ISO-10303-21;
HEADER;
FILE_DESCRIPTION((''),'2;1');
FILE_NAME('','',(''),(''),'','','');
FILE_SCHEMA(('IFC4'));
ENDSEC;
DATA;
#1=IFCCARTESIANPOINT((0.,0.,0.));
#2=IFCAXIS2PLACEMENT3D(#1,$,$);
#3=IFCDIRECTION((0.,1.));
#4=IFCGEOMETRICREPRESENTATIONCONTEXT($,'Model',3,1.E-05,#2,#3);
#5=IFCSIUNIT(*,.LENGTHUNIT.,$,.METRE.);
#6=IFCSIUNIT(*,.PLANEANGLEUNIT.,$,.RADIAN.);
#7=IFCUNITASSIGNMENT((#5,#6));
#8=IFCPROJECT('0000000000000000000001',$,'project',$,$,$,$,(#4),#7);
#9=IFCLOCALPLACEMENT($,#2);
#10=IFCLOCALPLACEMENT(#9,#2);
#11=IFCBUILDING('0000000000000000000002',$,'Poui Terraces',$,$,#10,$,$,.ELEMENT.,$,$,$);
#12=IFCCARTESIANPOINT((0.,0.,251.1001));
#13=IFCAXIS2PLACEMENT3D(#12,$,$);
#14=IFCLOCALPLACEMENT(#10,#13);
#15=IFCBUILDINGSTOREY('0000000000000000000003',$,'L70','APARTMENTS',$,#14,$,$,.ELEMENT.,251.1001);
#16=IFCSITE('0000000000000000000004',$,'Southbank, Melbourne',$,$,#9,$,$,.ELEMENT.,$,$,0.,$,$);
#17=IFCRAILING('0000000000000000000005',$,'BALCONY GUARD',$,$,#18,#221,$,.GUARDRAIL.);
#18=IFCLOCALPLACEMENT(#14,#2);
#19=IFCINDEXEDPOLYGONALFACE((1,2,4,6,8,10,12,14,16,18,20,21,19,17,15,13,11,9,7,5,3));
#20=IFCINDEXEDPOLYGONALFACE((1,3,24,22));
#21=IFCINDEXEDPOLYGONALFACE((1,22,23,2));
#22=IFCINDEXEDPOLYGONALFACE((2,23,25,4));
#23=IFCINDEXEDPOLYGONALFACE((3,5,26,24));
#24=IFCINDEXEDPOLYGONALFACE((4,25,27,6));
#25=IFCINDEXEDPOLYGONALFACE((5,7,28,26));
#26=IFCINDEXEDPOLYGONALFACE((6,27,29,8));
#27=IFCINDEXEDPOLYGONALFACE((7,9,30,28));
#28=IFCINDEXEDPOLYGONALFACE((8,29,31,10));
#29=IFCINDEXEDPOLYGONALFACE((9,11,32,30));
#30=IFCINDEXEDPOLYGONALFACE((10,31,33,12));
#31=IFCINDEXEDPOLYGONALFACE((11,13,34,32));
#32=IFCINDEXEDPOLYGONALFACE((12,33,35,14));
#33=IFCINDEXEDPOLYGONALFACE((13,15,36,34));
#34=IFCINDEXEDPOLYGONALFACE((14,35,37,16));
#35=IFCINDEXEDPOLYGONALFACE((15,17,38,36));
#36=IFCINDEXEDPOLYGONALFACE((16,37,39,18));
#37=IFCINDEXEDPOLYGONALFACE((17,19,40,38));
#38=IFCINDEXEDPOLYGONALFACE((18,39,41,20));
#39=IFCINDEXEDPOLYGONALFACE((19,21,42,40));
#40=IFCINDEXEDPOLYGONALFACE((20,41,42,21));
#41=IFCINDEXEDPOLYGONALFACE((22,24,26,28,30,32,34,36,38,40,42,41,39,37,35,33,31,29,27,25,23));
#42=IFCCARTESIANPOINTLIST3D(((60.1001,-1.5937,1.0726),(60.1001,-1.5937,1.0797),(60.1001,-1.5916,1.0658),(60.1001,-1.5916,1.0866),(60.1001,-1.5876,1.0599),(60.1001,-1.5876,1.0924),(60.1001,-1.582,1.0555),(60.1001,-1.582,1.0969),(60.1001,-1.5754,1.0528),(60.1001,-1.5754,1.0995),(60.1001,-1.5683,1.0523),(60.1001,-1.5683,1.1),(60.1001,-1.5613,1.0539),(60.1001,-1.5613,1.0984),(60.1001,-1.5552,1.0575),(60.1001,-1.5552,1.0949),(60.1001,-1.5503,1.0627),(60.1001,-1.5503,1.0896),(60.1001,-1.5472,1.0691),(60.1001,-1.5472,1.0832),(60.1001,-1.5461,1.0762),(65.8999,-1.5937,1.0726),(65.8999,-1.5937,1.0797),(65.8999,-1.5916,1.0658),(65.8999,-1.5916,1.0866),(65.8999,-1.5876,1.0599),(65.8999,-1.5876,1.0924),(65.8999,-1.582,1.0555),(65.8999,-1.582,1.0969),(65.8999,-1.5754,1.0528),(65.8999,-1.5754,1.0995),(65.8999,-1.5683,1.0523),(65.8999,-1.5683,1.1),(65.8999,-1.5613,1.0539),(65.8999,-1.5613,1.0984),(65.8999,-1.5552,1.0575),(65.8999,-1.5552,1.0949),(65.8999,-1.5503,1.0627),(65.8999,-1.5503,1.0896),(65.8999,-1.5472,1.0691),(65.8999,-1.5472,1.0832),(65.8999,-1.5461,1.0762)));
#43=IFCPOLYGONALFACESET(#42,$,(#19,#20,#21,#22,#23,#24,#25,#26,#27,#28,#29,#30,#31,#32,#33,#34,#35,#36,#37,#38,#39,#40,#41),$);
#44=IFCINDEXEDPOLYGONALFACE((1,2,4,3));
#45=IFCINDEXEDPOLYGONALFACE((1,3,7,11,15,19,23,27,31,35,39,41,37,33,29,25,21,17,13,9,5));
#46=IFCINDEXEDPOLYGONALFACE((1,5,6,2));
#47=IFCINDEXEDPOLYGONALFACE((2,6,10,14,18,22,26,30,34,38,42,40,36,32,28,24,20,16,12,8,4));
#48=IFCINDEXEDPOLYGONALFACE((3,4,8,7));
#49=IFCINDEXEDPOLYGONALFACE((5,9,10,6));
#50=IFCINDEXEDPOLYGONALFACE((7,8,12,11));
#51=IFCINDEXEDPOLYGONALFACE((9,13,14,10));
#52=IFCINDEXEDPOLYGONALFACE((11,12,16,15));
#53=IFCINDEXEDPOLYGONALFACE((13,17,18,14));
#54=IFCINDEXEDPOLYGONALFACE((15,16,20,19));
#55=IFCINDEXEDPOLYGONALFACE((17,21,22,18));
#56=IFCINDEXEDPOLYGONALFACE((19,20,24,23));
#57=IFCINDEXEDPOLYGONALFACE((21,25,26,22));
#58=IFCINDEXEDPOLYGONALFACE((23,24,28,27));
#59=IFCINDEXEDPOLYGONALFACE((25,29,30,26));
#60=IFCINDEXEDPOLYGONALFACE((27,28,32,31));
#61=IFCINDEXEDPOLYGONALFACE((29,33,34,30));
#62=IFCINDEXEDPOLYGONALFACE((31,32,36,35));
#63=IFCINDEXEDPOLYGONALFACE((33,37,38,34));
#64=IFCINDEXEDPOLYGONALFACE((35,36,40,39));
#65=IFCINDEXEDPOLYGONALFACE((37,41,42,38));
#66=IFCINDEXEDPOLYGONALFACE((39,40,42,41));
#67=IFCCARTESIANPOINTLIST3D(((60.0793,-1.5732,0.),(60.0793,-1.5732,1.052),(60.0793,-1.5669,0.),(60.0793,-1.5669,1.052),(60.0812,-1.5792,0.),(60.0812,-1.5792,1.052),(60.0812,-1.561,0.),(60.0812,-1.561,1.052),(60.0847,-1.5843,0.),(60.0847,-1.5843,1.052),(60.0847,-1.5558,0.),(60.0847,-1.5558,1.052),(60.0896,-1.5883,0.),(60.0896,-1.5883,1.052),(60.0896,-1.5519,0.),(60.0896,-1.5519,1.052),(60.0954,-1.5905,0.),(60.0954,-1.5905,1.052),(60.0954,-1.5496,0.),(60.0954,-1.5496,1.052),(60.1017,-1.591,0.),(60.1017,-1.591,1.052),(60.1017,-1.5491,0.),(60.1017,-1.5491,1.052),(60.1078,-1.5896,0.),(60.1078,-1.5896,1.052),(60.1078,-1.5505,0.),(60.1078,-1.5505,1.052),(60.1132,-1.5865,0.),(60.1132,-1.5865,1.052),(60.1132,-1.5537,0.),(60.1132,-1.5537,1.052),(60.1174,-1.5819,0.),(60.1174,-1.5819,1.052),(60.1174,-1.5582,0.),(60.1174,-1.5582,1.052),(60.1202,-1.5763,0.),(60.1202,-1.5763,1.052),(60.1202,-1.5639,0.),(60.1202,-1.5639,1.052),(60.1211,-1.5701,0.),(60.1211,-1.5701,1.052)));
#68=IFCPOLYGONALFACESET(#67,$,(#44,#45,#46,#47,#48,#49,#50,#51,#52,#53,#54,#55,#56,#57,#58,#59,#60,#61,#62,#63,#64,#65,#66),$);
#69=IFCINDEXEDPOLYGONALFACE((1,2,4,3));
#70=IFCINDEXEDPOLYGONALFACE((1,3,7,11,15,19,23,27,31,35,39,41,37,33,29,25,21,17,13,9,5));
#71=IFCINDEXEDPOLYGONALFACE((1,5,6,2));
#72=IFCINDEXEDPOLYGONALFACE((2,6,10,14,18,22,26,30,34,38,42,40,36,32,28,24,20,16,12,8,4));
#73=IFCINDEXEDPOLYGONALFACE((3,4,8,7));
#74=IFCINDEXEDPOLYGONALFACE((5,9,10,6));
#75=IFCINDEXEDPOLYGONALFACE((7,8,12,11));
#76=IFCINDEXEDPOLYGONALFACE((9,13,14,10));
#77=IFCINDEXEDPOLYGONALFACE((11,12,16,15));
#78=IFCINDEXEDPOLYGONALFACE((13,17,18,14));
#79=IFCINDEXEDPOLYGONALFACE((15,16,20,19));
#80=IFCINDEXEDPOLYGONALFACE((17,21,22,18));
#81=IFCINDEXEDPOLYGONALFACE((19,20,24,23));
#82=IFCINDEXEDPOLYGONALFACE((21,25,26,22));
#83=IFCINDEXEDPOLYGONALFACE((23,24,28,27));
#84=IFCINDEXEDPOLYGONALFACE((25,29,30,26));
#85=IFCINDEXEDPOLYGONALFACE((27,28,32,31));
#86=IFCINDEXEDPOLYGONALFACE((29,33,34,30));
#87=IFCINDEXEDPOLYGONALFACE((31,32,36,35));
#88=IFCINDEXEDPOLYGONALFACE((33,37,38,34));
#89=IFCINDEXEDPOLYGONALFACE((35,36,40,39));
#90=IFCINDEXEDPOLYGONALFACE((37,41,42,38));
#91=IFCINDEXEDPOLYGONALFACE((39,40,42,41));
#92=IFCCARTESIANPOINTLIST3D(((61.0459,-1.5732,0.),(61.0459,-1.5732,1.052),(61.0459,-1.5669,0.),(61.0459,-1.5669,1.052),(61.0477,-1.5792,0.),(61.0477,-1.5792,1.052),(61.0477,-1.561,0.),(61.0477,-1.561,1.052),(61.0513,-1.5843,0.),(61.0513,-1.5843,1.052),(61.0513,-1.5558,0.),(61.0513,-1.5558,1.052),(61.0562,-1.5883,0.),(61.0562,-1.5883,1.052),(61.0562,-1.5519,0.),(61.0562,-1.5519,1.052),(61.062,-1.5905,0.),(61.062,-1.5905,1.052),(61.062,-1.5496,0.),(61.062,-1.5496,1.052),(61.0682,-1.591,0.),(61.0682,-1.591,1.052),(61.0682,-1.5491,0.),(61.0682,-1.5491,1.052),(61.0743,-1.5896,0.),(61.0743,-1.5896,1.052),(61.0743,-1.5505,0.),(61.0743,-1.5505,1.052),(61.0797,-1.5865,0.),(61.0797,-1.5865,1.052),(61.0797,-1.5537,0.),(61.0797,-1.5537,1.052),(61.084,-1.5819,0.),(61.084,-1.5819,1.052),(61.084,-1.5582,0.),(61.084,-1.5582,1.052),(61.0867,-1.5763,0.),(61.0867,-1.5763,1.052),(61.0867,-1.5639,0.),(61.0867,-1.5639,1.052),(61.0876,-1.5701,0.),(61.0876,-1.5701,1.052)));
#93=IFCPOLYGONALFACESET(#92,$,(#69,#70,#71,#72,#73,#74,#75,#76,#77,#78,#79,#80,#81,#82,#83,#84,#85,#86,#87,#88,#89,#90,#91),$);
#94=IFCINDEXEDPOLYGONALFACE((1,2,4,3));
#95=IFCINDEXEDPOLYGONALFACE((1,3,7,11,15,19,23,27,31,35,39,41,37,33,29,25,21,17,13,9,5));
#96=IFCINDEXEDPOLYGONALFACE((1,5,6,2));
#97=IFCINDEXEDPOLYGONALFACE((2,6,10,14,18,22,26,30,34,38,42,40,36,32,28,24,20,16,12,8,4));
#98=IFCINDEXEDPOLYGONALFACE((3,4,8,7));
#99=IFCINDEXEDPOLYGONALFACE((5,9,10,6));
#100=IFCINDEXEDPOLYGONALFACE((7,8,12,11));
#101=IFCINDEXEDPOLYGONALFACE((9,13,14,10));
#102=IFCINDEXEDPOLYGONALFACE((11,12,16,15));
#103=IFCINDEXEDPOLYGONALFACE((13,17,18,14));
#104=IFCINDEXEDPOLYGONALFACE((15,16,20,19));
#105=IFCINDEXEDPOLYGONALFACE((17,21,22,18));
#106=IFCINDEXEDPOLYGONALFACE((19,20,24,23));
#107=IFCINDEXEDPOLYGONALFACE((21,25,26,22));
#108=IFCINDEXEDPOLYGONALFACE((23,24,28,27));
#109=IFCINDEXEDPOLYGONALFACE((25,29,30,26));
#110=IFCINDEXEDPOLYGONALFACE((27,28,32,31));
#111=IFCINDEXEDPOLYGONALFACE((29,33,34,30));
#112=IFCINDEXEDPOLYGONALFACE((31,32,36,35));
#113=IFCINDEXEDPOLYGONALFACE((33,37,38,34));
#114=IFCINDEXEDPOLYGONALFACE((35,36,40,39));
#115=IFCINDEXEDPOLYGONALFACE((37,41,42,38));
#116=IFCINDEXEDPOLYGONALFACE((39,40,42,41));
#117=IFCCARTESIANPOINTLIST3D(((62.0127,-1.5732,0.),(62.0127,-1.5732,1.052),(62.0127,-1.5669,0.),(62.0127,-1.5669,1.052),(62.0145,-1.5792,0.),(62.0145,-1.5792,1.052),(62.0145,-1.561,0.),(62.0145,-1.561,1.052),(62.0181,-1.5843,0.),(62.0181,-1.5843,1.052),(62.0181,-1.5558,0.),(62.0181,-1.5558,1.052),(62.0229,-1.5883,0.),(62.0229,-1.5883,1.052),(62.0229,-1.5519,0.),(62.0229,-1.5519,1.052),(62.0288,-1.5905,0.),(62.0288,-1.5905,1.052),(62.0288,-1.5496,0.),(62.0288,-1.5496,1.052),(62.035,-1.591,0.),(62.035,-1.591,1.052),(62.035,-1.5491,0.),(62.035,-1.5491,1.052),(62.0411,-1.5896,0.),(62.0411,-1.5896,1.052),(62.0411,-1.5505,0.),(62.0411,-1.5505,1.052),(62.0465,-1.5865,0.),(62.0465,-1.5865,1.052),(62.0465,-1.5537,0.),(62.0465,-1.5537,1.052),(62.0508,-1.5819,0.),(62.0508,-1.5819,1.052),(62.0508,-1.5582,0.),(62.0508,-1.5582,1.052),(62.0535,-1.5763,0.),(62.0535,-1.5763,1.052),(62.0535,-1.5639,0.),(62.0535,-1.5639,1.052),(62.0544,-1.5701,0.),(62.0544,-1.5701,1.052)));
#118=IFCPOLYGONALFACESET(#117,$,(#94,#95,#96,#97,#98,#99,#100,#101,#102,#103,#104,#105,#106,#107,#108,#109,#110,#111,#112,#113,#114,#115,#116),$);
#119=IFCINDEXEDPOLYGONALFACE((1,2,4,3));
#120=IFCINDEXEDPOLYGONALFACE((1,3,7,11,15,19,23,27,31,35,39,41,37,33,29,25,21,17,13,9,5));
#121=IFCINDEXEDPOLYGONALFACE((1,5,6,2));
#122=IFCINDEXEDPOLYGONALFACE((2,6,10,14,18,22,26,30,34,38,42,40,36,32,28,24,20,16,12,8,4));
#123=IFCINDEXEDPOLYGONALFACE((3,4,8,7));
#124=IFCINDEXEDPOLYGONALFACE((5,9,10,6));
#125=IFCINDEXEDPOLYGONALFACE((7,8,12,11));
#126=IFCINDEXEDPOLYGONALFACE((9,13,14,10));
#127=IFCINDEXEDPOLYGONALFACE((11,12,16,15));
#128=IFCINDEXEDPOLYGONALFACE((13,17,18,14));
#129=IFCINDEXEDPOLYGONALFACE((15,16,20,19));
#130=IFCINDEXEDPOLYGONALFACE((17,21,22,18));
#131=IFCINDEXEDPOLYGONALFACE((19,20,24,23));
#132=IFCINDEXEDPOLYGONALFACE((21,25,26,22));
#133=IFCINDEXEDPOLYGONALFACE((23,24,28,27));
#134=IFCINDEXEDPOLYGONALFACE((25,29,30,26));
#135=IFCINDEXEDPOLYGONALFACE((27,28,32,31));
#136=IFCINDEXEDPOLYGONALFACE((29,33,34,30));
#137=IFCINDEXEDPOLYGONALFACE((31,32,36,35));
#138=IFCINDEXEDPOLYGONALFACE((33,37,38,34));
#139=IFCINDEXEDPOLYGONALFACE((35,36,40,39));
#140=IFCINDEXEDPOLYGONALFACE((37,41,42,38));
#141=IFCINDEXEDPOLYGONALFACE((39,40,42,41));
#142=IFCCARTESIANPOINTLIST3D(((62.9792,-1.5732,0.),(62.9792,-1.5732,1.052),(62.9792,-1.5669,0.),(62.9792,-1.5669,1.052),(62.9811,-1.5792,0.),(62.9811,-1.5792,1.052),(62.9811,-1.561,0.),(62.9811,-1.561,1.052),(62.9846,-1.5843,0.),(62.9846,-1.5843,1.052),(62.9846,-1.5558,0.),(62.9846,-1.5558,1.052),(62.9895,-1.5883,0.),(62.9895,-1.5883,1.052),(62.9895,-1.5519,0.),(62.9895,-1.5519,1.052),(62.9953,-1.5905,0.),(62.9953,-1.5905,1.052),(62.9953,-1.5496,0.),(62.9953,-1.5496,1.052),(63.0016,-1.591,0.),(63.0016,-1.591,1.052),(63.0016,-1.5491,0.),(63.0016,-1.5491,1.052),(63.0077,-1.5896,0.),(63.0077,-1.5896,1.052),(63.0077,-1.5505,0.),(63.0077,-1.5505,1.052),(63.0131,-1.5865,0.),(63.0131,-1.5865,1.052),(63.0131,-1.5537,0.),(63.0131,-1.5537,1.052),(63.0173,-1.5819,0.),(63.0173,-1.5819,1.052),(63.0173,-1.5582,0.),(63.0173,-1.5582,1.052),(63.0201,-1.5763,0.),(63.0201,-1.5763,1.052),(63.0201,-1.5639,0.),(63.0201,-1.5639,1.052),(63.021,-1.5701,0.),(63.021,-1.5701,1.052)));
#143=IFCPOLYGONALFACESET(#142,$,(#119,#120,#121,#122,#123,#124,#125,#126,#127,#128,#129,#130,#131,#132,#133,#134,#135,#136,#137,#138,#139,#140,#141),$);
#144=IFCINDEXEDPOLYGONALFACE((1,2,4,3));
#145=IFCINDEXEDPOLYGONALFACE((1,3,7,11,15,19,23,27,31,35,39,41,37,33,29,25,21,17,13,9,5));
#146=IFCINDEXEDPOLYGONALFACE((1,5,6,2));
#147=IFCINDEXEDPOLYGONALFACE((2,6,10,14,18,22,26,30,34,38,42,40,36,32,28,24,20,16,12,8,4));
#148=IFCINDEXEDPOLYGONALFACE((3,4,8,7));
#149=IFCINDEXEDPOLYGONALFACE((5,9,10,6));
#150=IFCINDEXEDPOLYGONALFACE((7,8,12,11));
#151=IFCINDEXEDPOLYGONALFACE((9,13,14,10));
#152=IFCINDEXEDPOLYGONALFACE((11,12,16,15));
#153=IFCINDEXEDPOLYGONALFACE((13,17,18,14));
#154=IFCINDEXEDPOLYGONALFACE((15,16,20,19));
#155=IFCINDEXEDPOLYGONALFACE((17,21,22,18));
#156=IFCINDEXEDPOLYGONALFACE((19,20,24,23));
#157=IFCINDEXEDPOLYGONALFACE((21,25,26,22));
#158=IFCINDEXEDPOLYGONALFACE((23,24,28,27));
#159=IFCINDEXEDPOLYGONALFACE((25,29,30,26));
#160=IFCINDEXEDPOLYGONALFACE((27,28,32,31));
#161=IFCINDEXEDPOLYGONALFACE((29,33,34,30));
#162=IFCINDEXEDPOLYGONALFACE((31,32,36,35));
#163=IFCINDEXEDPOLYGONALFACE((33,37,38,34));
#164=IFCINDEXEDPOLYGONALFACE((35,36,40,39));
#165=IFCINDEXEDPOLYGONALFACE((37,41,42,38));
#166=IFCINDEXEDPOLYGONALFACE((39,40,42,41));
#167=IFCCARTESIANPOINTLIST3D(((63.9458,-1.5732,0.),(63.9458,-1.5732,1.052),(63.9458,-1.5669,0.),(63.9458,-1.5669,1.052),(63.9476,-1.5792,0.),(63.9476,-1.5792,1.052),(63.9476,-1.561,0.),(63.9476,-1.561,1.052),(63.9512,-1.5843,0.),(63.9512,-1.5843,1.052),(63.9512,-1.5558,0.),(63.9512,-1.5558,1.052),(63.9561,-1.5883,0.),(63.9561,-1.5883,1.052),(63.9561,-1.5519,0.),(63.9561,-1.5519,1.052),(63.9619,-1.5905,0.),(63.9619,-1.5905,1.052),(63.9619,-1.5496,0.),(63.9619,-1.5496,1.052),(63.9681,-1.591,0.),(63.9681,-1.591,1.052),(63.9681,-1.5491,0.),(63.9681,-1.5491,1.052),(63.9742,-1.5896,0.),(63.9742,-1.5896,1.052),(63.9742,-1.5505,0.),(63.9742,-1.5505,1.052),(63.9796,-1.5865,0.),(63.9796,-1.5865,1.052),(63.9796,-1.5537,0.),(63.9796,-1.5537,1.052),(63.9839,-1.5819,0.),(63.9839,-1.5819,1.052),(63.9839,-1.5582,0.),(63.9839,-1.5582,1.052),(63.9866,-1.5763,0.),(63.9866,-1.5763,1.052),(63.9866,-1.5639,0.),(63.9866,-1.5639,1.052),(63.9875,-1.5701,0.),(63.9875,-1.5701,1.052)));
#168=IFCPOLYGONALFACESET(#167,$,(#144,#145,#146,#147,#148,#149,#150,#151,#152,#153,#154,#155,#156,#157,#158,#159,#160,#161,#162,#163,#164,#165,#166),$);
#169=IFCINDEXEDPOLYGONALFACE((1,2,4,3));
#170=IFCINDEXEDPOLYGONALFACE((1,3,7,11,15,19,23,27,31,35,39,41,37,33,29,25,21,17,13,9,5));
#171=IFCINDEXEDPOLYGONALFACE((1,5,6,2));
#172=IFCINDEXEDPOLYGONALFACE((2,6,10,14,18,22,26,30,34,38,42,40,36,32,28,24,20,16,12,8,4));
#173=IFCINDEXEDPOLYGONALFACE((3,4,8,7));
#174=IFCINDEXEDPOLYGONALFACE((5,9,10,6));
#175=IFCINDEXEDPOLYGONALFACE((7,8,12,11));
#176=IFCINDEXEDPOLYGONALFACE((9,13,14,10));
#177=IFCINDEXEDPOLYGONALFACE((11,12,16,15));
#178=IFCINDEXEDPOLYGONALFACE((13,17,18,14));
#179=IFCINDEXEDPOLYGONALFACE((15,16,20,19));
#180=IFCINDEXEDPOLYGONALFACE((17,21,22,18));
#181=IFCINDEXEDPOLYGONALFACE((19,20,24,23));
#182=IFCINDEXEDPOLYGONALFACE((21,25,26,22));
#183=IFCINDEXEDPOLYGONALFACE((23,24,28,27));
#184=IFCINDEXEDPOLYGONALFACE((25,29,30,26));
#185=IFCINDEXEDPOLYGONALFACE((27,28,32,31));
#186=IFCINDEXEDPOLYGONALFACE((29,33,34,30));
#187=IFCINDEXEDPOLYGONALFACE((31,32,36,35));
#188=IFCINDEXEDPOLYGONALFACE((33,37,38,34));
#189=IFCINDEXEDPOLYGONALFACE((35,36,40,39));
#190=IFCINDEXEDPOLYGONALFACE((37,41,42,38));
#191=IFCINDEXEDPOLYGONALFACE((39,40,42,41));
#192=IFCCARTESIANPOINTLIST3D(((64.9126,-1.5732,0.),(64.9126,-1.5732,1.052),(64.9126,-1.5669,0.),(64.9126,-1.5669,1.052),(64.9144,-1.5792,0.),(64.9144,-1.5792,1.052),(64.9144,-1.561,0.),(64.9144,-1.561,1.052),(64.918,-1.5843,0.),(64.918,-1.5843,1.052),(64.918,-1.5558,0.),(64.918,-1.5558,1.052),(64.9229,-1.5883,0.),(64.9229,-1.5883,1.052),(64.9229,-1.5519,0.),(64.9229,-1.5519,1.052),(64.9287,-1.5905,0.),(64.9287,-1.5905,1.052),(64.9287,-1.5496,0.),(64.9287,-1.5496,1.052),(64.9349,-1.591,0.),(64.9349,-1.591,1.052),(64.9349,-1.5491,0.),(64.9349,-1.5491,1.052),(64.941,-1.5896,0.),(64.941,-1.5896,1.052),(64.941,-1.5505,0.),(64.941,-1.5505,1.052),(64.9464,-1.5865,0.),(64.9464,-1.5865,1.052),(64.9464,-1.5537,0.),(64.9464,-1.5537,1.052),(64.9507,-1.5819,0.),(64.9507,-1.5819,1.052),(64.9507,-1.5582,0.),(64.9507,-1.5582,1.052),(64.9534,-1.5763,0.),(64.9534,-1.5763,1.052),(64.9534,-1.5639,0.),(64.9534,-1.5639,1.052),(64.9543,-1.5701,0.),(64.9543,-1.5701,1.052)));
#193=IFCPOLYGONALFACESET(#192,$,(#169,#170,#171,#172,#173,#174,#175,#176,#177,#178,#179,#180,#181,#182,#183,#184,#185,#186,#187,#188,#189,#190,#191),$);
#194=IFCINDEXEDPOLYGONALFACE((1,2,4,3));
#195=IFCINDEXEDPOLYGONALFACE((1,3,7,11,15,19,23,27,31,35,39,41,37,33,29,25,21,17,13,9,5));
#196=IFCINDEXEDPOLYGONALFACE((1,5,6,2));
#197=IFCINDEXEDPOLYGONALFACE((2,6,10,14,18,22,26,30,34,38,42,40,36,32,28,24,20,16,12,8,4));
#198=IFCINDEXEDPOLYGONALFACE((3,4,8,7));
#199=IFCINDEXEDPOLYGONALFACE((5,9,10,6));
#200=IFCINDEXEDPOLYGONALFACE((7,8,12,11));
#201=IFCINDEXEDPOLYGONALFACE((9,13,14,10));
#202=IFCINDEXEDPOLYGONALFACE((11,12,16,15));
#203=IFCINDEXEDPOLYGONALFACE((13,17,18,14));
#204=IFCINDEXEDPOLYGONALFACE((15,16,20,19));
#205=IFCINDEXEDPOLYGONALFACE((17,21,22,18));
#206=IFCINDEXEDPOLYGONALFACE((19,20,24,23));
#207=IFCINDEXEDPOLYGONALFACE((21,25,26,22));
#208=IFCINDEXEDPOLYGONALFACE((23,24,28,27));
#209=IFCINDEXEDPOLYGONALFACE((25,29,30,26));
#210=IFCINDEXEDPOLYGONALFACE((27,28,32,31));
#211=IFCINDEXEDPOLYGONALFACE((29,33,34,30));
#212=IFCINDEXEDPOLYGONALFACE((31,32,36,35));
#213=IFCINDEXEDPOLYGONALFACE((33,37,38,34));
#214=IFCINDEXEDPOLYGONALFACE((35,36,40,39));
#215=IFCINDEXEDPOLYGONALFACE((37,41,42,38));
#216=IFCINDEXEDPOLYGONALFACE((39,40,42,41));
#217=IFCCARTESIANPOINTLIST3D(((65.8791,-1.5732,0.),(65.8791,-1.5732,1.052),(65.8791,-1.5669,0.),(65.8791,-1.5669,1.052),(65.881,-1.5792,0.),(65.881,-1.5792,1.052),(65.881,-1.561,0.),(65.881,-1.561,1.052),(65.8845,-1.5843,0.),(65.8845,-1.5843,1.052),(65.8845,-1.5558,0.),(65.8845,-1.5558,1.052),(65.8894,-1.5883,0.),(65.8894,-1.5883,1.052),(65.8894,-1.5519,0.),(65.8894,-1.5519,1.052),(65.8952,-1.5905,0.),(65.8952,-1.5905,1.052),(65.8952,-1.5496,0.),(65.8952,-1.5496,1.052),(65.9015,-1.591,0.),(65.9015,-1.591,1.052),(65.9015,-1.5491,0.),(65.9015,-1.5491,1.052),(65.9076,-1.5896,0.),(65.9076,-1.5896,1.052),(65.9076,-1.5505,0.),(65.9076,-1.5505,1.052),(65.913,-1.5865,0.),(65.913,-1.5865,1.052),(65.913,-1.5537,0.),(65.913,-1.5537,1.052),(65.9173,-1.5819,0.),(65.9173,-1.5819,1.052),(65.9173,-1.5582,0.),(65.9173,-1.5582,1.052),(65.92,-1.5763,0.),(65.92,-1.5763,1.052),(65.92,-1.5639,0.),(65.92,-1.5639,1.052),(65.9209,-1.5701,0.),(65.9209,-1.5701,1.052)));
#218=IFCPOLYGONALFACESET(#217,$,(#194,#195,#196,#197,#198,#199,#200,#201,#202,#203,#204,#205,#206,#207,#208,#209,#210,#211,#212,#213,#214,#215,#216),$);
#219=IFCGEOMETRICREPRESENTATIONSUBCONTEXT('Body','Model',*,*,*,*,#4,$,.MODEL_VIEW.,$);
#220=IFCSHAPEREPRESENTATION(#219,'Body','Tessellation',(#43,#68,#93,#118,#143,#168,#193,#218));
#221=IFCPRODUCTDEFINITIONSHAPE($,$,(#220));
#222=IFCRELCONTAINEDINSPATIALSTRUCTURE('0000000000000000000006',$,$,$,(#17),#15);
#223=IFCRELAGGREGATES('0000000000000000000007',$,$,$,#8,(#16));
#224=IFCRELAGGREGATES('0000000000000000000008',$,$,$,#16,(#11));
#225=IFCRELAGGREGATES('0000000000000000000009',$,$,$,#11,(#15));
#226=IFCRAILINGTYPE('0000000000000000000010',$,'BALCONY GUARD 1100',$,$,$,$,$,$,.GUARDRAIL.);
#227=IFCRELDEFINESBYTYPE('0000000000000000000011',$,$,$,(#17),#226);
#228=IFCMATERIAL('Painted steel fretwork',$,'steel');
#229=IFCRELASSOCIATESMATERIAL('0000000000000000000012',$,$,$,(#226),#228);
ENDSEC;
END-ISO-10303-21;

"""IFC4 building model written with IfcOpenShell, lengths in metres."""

from ifc_helpers import new_model, si_unit, direction, frame, origin, origin_2d, place, context, subcontext, project, spatial, circle, extrude, material, type_object, element, save


model = new_model("IFC4")

# Units and contexts
model_context = context("Model", 3, precision=1e-05, world=origin(), true_north=direction((0.0, 1.0)))
body_context = subcontext(model_context, "Body", "Model", "MODEL_VIEW")
ifc_project = project(units=[si_unit("LENGTHUNIT", "METRE"), si_unit("PLANEANGLEUNIT", "RADIAN")], contexts=[model_context])

# Site, building, storey
site_placement = place(None, origin())
site = spatial("IfcSite", under=ifc_project, at=site_placement, Name="Southbank, Melbourne", CompositionType="ELEMENT", RefElevation=0.0)
building_placement = place(site_placement, origin())
building = spatial("IfcBuilding", under=site, at=building_placement, Name="Poui Terraces", CompositionType="ELEMENT")
storey_placement = place(building_placement, frame((0.0, 0.0, 251.1001)))
storey = spatial("IfcBuildingStorey", under=building, at=storey_placement, Name="L70", Description="APARTMENTS", CompositionType="ELEMENT", Elevation=251.1001)

# Railing
ifc_material_1 = material(Name="Painted steel fretwork", Category="steel")
railing_type = type_object("IfcRailingType", Name="BALCONY GUARD 1100", PredefinedType="GUARDRAIL", material=ifc_material_1)
railing_placement = place(storey_placement, frame((60.1001, -1.5701, 0.0)))
element("IfcRailing", 1, at=railing_placement, inside=storey, type_object=railing_type, Name="BALCONY GUARD", PredefinedType="GUARDRAIL", context=body_context, shape_type="SweptSolid", body=[
    extrude(circle(Radius=0.0239, at=origin_2d()), frame((0.0, 0.0, 1.0762), z_axis=(1.0, 0.0, 0.0), x_axis=(0.0, 1.0, 0.0)), (0.0, 0.0, 1.0), 5.7998),
    extrude(circle(Radius=0.021, at=origin_2d()), origin(), (0.0, 0.0, 1.0), 1.052),
    extrude(circle(Radius=0.021, at=origin_2d()), frame((0.9666, 0.0, 0.0)), (0.0, 0.0, 1.0), 1.052),
    extrude(circle(Radius=0.021, at=origin_2d()), frame((1.9333, 0.0, 0.0)), (0.0, 0.0, 1.0), 1.052),
    extrude(circle(Radius=0.021, at=origin_2d()), frame((2.8999, 0.0, 0.0)), (0.0, 0.0, 1.0), 1.052),
    extrude(circle(Radius=0.021, at=origin_2d()), frame((3.8665, 0.0, 0.0)), (0.0, 0.0, 1.0), 1.052),
    extrude(circle(Radius=0.021, at=origin_2d()), frame((4.8333, 0.0, 0.0)), (0.0, 0.0, 1.0), 1.052),
    extrude(circle(Radius=0.021, at=origin_2d()), frame((5.7998, 0.0, 0.0)), (0.0, 0.0, 1.0), 1.052),
])

save(model, "model.ifc")
